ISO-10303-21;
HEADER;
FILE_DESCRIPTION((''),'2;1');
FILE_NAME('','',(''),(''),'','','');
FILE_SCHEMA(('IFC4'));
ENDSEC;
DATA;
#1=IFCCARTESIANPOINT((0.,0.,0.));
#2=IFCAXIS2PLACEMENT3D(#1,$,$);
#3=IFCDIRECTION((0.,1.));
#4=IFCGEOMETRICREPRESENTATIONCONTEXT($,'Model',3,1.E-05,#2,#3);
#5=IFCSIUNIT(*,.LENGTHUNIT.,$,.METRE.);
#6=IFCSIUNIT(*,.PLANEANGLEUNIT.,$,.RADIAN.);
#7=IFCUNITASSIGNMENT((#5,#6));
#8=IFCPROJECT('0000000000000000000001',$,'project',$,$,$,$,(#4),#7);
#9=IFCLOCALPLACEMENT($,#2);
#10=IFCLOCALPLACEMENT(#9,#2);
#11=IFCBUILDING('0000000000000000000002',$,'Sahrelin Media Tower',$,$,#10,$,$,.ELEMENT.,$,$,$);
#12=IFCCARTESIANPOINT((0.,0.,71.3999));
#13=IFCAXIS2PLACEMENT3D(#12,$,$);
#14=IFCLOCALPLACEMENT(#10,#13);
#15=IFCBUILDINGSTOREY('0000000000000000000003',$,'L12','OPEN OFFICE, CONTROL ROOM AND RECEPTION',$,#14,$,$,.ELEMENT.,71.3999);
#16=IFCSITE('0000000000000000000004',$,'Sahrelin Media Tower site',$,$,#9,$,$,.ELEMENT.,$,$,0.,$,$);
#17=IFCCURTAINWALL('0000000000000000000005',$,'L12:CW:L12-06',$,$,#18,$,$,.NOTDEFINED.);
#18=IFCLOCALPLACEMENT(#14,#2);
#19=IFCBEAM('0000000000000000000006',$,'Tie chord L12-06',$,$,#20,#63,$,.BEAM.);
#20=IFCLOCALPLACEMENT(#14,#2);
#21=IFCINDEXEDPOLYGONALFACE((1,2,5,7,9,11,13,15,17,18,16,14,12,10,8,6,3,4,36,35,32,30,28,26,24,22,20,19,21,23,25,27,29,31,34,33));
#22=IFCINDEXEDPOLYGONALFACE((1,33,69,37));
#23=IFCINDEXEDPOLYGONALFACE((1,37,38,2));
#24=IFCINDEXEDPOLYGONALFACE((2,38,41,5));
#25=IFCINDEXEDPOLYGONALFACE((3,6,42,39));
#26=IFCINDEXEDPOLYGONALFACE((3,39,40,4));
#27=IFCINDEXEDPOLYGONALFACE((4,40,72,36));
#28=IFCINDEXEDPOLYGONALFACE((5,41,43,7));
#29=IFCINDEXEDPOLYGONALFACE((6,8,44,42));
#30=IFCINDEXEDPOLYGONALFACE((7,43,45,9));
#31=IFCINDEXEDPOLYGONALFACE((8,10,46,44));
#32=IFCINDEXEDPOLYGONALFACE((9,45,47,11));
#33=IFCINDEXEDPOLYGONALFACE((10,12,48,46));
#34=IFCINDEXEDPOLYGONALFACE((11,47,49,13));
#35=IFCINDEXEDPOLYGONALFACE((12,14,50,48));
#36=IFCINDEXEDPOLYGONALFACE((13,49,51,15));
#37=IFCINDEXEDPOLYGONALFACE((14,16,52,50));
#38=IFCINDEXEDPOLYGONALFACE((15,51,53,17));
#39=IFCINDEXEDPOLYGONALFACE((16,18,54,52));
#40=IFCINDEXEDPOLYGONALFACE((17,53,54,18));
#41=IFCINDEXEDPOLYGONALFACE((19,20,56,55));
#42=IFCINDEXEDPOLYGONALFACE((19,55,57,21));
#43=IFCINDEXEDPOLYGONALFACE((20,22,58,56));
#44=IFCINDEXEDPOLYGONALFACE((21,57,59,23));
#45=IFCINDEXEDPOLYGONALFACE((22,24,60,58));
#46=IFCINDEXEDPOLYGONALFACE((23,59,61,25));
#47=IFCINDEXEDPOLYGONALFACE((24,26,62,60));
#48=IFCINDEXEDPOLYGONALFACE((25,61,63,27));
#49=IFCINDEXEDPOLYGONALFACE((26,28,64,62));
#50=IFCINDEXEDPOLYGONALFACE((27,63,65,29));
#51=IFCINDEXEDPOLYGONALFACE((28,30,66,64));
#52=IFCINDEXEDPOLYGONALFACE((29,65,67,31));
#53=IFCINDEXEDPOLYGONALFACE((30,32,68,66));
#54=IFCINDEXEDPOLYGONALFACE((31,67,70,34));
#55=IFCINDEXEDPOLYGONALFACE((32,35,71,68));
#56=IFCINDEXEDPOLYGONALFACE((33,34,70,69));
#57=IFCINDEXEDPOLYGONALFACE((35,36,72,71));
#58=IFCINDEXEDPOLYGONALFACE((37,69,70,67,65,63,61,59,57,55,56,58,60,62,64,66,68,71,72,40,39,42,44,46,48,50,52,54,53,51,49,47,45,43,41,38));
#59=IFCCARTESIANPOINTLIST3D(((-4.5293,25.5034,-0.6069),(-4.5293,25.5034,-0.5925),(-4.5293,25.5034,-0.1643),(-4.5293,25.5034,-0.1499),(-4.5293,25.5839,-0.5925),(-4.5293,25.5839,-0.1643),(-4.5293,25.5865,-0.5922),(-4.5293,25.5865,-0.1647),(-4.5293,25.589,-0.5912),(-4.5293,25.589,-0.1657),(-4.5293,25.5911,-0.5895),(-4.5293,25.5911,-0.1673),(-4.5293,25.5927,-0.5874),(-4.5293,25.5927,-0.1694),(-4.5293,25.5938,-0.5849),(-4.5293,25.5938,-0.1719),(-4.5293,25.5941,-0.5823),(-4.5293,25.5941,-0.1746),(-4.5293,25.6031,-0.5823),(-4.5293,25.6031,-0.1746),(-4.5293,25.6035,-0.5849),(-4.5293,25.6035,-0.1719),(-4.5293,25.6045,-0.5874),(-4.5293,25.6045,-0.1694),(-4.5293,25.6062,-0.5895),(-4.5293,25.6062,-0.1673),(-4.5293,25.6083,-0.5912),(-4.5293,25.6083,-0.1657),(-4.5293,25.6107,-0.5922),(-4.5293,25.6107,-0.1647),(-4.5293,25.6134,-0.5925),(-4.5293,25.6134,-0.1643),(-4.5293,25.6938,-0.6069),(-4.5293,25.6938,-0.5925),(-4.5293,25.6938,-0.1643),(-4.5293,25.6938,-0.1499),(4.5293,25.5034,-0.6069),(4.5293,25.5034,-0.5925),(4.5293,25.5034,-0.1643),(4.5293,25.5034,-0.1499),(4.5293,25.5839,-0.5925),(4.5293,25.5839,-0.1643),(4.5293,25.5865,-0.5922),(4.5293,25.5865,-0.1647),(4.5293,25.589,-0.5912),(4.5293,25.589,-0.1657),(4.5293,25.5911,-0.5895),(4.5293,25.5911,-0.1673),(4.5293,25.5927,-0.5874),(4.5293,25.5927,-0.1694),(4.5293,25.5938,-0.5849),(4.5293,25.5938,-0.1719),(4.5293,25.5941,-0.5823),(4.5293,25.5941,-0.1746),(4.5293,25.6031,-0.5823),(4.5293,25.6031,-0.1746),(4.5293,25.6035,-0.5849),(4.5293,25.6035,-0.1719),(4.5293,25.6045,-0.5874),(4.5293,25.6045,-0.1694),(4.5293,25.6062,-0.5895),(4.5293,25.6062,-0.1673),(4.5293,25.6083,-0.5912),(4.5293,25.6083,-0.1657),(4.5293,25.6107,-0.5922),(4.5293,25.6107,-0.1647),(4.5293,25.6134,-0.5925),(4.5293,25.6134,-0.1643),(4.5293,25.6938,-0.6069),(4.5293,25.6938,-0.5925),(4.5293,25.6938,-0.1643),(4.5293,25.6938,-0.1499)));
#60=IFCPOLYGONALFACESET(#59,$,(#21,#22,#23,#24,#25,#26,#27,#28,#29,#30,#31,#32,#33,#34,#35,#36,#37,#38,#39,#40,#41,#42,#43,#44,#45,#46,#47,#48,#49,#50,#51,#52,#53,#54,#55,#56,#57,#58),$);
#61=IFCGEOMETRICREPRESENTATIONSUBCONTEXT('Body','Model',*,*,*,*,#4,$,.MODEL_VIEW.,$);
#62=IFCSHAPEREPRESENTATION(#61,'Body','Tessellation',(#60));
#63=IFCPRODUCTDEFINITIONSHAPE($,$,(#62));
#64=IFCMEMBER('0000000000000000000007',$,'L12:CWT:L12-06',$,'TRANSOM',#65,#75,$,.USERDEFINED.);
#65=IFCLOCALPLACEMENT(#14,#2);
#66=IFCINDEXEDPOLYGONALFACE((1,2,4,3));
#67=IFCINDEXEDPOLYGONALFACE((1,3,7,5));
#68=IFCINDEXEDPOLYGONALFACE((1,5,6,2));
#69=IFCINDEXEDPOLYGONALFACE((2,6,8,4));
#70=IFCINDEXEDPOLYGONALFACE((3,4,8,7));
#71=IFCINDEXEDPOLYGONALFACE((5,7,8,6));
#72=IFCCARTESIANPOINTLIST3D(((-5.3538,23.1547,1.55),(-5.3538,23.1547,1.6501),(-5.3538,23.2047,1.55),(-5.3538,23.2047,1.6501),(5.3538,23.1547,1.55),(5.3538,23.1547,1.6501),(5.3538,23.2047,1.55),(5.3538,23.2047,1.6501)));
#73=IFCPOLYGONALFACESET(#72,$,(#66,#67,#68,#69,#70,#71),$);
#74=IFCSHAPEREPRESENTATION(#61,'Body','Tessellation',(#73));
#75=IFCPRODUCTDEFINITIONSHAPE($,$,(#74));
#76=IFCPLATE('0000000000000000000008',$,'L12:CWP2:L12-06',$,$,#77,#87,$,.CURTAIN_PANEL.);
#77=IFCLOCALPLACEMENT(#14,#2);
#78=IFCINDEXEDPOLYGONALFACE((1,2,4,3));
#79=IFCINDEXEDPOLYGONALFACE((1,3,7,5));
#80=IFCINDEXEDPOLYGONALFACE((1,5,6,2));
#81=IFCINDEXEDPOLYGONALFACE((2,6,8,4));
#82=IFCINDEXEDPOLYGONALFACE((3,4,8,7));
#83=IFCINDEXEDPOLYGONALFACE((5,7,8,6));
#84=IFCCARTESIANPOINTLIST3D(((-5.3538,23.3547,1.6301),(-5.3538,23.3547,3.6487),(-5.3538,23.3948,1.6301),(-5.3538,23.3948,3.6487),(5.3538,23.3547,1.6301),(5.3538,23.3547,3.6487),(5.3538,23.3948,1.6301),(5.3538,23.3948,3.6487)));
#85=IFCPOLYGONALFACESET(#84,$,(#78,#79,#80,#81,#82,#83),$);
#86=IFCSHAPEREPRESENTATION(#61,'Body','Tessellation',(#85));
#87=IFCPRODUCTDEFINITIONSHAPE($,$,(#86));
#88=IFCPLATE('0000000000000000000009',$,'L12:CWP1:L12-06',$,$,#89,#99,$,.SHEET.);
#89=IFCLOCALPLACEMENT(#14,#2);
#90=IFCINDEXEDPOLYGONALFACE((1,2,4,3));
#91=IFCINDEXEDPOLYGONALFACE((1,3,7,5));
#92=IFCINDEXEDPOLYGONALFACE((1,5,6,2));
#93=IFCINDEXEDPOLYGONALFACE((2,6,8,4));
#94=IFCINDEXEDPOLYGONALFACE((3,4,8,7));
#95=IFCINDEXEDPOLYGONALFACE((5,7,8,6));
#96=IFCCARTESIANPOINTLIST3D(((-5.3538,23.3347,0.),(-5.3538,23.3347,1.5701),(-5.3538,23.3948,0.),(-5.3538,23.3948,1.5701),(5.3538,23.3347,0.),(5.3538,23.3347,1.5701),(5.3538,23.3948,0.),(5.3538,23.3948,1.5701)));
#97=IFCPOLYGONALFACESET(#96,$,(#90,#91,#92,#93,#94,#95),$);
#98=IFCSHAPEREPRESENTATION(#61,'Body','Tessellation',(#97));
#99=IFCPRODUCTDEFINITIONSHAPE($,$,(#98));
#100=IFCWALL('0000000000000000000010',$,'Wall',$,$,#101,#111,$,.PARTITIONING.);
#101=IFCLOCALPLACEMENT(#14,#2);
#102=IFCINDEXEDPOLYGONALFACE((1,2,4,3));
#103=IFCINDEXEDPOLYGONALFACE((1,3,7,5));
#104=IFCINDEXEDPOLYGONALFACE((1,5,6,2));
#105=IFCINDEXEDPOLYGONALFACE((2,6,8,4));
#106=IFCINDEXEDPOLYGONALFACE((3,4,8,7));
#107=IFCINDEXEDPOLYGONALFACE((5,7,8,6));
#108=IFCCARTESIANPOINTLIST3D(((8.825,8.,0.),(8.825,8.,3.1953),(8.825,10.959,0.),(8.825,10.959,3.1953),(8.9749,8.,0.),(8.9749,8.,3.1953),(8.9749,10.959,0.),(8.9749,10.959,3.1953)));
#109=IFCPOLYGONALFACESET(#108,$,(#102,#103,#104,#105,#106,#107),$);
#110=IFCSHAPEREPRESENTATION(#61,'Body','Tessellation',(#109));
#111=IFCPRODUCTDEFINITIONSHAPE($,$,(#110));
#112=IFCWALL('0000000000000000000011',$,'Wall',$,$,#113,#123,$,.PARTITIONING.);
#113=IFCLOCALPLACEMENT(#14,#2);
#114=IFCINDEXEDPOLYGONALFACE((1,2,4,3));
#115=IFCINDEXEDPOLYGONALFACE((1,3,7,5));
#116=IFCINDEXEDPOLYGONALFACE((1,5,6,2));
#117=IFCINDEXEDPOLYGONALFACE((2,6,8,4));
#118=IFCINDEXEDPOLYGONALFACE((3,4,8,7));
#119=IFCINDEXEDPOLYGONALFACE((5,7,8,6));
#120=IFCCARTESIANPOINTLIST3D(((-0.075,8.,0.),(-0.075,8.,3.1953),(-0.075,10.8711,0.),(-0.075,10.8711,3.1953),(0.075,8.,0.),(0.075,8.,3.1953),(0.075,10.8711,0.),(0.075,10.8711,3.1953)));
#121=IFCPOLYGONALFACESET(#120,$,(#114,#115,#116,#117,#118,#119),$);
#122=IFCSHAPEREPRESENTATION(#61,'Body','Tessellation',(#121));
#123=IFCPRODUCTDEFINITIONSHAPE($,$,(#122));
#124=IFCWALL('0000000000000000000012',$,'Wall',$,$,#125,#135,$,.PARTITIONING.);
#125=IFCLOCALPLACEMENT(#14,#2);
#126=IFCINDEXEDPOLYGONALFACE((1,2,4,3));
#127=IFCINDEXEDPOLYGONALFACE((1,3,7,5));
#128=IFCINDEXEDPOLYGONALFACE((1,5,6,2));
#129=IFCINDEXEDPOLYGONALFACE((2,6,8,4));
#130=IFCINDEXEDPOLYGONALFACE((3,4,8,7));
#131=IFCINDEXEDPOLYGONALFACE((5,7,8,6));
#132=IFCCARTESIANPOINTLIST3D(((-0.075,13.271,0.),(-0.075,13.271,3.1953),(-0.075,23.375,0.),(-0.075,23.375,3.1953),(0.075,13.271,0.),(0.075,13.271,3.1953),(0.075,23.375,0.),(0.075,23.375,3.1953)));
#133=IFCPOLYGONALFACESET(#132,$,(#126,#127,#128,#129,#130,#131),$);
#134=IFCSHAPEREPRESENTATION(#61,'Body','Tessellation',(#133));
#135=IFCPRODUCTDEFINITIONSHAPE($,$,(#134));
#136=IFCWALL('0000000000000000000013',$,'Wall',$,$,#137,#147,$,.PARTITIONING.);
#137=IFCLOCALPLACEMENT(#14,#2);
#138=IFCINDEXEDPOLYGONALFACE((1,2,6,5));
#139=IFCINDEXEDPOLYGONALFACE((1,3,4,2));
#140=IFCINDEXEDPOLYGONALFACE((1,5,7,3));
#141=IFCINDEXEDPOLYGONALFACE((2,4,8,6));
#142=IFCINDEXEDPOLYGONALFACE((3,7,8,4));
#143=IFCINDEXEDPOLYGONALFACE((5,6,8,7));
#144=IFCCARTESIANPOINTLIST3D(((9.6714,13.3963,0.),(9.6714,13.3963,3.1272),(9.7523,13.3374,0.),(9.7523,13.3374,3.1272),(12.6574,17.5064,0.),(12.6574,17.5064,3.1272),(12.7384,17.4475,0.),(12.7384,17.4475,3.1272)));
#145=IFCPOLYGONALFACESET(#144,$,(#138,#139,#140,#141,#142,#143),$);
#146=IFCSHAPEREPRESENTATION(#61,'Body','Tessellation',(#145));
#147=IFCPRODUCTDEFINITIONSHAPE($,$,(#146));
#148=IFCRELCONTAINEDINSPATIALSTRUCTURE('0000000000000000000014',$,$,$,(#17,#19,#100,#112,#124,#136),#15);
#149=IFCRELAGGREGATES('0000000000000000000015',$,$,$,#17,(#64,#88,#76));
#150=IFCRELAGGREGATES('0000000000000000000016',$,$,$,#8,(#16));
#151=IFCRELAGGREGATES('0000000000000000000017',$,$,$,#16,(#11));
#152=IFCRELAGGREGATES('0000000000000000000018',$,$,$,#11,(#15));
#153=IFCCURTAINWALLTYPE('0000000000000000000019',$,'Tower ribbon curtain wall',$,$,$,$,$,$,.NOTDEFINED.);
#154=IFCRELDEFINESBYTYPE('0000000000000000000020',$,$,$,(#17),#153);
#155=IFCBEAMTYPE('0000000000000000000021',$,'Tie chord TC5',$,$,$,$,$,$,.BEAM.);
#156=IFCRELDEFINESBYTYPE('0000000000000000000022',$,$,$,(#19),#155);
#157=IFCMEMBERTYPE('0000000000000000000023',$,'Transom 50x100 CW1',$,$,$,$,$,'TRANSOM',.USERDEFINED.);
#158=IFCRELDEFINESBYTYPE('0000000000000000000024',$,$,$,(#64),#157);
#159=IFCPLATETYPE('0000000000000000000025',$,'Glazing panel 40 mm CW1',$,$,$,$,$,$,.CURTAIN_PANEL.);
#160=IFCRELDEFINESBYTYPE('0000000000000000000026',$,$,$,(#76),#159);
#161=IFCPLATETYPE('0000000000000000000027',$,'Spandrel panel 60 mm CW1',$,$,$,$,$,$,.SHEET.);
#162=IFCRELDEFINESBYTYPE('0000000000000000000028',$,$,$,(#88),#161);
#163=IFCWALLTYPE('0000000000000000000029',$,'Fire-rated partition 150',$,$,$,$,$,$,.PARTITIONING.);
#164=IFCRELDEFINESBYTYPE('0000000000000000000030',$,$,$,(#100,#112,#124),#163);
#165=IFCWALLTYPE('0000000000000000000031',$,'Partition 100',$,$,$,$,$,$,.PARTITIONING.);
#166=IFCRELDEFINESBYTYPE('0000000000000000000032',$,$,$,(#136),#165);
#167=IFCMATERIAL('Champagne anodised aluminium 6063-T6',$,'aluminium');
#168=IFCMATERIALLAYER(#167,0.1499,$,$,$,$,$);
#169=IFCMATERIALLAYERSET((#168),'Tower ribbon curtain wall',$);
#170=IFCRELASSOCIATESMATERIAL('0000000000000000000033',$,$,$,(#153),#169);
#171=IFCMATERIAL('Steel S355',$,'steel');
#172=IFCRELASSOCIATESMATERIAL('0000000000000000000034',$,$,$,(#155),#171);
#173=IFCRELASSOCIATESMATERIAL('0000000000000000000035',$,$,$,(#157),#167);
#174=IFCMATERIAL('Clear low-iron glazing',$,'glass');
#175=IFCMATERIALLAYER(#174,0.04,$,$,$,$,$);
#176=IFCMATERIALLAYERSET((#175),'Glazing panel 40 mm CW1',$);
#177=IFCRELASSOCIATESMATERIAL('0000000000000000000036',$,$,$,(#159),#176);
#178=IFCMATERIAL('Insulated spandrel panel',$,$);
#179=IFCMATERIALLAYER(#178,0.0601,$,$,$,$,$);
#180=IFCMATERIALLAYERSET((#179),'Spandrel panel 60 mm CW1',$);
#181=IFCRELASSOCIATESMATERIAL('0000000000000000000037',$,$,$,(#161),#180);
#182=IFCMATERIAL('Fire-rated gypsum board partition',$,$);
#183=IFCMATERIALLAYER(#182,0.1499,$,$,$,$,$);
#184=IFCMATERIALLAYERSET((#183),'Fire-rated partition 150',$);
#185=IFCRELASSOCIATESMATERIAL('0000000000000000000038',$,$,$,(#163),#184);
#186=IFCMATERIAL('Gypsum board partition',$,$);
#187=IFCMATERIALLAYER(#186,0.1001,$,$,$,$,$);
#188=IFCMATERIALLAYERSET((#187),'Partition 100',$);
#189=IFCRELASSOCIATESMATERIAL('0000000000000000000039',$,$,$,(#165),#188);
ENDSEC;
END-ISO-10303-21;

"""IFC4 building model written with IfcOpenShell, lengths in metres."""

from ifc_helpers import new_model, si_unit, direction, frame, frame_2d, origin, origin_2d, place, context, subcontext, project, spatial, polyline, rectangle, i_section, outline, extrude, material, layer, layer_set, material_profile, profile_set, type_object, element, aggregate, save


model = new_model("IFC4")

# Units and contexts
model_context = context("Model", 3, precision=1e-05, world=origin(), true_north=direction((0.0, 1.0)))
body_context = subcontext(model_context, "Body", "Model", "MODEL_VIEW")
ifc_project = project(units=[si_unit("LENGTHUNIT", "METRE"), si_unit("PLANEANGLEUNIT", "RADIAN")], contexts=[model_context])

# Site, building, storey
site_placement = place(None, origin())
site = spatial("IfcSite", under=ifc_project, at=site_placement, Name="Sahrelin Media Tower site", CompositionType="ELEMENT", RefElevation=0.0)
building_placement = place(site_placement, origin())
building = spatial("IfcBuilding", under=site, at=building_placement, Name="Sahrelin Media Tower", CompositionType="ELEMENT")
storey_placement = place(building_placement, frame((0.0, 0.0, 71.3999)))
storey = spatial("IfcBuildingStorey", under=building, at=storey_placement, Name="L12", Description="OPEN OFFICE, CONTROL ROOM AND RECEPTION", CompositionType="ELEMENT", Elevation=71.3999)

# Shared definitions
ifc_material_1 = material(Name="Steel S355", Category="steel")

# Curtain wall
ifc_material_2 = material(Name="Champagne anodised aluminium 6063-T6", Category="aluminium")
ifc_layer_1 = layer(ifc_material_2, 0.1499)
ifc_layer_set_1 = layer_set([ifc_layer_1], Name="Tower ribbon curtain wall")
curtain_wall_type = type_object("IfcCurtainWallType", Name="Tower ribbon curtain wall", PredefinedType="NOTDEFINED", material=ifc_layer_set_1)
placement_1 = place(storey_placement, frame((0.0, 23.3748, 0.0), z_axis=(0.0, 0.0, 1.0), x_axis=(1.0, 0.0, 0.0)))
curtain_wall_1 = element("IfcCurtainWall", 1, at=placement_1, inside=storey, type_object=curtain_wall_type, Name="L12:CW:L12-06", PredefinedType="NOTDEFINED")

# Beam
ifc_material_profile_1 = material_profile(ifc_material_1, i_section(OverallWidth=0.1904, OverallDepth=0.457, WebThickness=0.009, FlangeThickness=0.0144, FilletRadius=0.0103, at=origin_2d()), Name="UB 457x191x74")
ifc_profile_set_1 = profile_set([ifc_material_profile_1], Name="Steel S355")
beam_type_1 = type_object("IfcBeamType", Name="Tie chord TC5", PredefinedType="BEAM", material=ifc_profile_set_1)
beam_1_placement = place(storey_placement, frame((4.5293, 25.5986, -0.3784), z_axis=(-1.0, 0.0, 0.0), x_axis=(0.0, -1.0, 0.0)))
element("IfcBeam", 2, at=beam_1_placement, inside=storey, type_object=beam_type_1, Name="Tie chord L12-06", PredefinedType="BEAM", context=body_context, shape_type="SweptSolid", body=[
    extrude(i_section(OverallWidth=0.1904, OverallDepth=0.457, WebThickness=0.009, FlangeThickness=0.0144, FilletRadius=0.0103, at=origin_2d()), origin(), (0.0, 0.0, 1.0), 9.0586),
])

# Member
ifc_material_profile_2 = material_profile(ifc_material_2, rectangle(XDim=0.05, YDim=0.1001, at=origin_2d()), Name="Transom 50x100")
ifc_profile_set_2 = profile_set([ifc_material_profile_2], Name="Champagne anodised aluminium 6063-T6")
member_type_1 = type_object("IfcMemberType", Name="Transom 50x100 CW1", ElementType="TRANSOM", PredefinedType="USERDEFINED", material=ifc_profile_set_2)
member_1_placement = place(storey_placement, frame((5.3538, 23.1797, 1.6001), z_axis=(-1.0, 0.0, 0.0), x_axis=(0.0, -1.0, 0.0)))
member_1 = element("IfcMember", 3, at=member_1_placement, type_object=member_type_1, Name="L12:CWT:L12-06", ObjectType="TRANSOM", PredefinedType="USERDEFINED", context=body_context, shape_type="SweptSolid", body=[
    extrude(rectangle(XDim=0.05, YDim=0.1001, at=origin_2d()), origin(), (0.0, 0.0, 1.0), 10.7075),
])

# Plates
ifc_material_3 = material(Name="Clear low-iron glazing", Category="glass")
ifc_layer_2 = layer(ifc_material_3, 0.04)
ifc_layer_set_2 = layer_set([ifc_layer_2], Name="Glazing panel 40 mm CW1")
plate_type_1 = type_object("IfcPlateType", Name="Glazing panel 40 mm CW1", PredefinedType="CURTAIN_PANEL", material=ifc_layer_set_2)
plate_1_placement = place(storey_placement, frame((5.3538, 23.3948, 1.6301), z_axis=(0.0, 1.0, 0.0), x_axis=(-1.0, 0.0, 0.0)))
plate_1 = element("IfcPlate", 4, at=plate_1_placement, type_object=plate_type_1, Name="L12:CWP2:L12-06", PredefinedType="CURTAIN_PANEL", context=body_context, shape_type="SweptSolid", body=[
    extrude(outline(polyline([(0.0, 0.0), (10.7075, 0.0), (10.7075, 2.0186), (0.0, 2.0186), (0.0, 0.0)])), origin(), (0.0, 0.0, -1.0), 0.04),
])
ifc_material_4 = material(Name="Insulated spandrel panel")
ifc_layer_3 = layer(ifc_material_4, 0.0601)
ifc_layer_set_3 = layer_set([ifc_layer_3], Name="Spandrel panel 60 mm CW1")
plate_type_2 = type_object("IfcPlateType", Name="Spandrel panel 60 mm CW1", PredefinedType="SHEET", material=ifc_layer_set_3)
plate_2_placement = place(storey_placement, frame((5.3538, 23.3948, 0.0), z_axis=(0.0, 1.0, 0.0), x_axis=(-1.0, 0.0, 0.0)))
plate_2 = element("IfcPlate", 5, at=plate_2_placement, type_object=plate_type_2, Name="L12:CWP1:L12-06", PredefinedType="SHEET", context=body_context, shape_type="SweptSolid", body=[
    extrude(outline(polyline([(0.0, 0.0), (10.7075, 0.0), (10.7075, 1.5701), (0.0, 1.5701), (0.0, 0.0)])), origin(), (0.0, 0.0, -1.0), 0.0601),
])
aggregate(curtain_wall_1, [member_1, plate_2, plate_1])

# Walls
ifc_material_5 = material(Name="Fire-rated gypsum board partition")
ifc_layer_4 = layer(ifc_material_5, 0.1499)
ifc_layer_set_4 = layer_set([ifc_layer_4], Name="Fire-rated partition 150")
wall_type_1 = type_object("IfcWallType", Name="Fire-rated partition 150", PredefinedType="PARTITIONING", material=ifc_layer_set_4)
wall_1_placement = place(storey_placement, frame((8.8999, 8.0, 0.0), z_axis=(0.0, 0.0, 1.0), x_axis=(0.0, 1.0, 0.0)))
element("IfcWall", 6, at=wall_1_placement, inside=storey, type_object=wall_type_1, Name="Wall", PredefinedType="PARTITIONING", context=body_context, shape_type="SweptSolid", body=[
    extrude(rectangle(XDim=2.959, YDim=0.1499, at=frame_2d((1.4795, 0.0))), origin(), (0.0, 0.0, 1.0), 3.1953),
])
wall_2_placement = place(storey_placement, frame((0.0, 8.0, 0.0), z_axis=(0.0, 0.0, 1.0), x_axis=(0.0, 1.0, 0.0)))
element("IfcWall", 7, at=wall_2_placement, inside=storey, type_object=wall_type_1, Name="Wall", PredefinedType="PARTITIONING", context=body_context, shape_type="SweptSolid", body=[
    extrude(rectangle(XDim=2.8711, YDim=0.1499, at=frame_2d((1.4355, 0.0))), origin(), (0.0, 0.0, 1.0), 3.1953),
])
wall_3_placement = place(storey_placement, frame((0.0, 13.271, 0.0), z_axis=(0.0, 0.0, 1.0), x_axis=(0.0, 1.0, 0.0)))
element("IfcWall", 8, at=wall_3_placement, inside=storey, type_object=wall_type_1, Name="Wall", PredefinedType="PARTITIONING", context=body_context, shape_type="SweptSolid", body=[
    extrude(rectangle(XDim=10.104, YDim=0.1499, at=frame_2d((5.052, 0.0))), origin(), (0.0, 0.0, 1.0), 3.1953),
])
ifc_material_6 = material(Name="Gypsum board partition")
ifc_layer_5 = layer(ifc_material_6, 0.1001)
ifc_layer_set_5 = layer_set([ifc_layer_5], Name="Partition 100")
wall_type_2 = type_object("IfcWallType", Name="Partition 100", PredefinedType="PARTITIONING", material=ifc_layer_set_5)
wall_4_placement = place(storey_placement, frame((9.7119, 13.3669, 0.0), z_axis=(0.0, 0.0, 1.0), x_axis=(0.587774, 0.809025, 0.0)))
element("IfcWall", 9, at=wall_4_placement, inside=storey, type_object=wall_type_2, Name="Wall", PredefinedType="PARTITIONING", context=body_context, shape_type="SweptSolid", body=[
    extrude(rectangle(XDim=5.0803, YDim=0.1001, at=frame_2d((2.54, 0.0))), origin(), (0.0, 0.0, 1.0), 3.1272),
])

save(model, "model.ifc")
